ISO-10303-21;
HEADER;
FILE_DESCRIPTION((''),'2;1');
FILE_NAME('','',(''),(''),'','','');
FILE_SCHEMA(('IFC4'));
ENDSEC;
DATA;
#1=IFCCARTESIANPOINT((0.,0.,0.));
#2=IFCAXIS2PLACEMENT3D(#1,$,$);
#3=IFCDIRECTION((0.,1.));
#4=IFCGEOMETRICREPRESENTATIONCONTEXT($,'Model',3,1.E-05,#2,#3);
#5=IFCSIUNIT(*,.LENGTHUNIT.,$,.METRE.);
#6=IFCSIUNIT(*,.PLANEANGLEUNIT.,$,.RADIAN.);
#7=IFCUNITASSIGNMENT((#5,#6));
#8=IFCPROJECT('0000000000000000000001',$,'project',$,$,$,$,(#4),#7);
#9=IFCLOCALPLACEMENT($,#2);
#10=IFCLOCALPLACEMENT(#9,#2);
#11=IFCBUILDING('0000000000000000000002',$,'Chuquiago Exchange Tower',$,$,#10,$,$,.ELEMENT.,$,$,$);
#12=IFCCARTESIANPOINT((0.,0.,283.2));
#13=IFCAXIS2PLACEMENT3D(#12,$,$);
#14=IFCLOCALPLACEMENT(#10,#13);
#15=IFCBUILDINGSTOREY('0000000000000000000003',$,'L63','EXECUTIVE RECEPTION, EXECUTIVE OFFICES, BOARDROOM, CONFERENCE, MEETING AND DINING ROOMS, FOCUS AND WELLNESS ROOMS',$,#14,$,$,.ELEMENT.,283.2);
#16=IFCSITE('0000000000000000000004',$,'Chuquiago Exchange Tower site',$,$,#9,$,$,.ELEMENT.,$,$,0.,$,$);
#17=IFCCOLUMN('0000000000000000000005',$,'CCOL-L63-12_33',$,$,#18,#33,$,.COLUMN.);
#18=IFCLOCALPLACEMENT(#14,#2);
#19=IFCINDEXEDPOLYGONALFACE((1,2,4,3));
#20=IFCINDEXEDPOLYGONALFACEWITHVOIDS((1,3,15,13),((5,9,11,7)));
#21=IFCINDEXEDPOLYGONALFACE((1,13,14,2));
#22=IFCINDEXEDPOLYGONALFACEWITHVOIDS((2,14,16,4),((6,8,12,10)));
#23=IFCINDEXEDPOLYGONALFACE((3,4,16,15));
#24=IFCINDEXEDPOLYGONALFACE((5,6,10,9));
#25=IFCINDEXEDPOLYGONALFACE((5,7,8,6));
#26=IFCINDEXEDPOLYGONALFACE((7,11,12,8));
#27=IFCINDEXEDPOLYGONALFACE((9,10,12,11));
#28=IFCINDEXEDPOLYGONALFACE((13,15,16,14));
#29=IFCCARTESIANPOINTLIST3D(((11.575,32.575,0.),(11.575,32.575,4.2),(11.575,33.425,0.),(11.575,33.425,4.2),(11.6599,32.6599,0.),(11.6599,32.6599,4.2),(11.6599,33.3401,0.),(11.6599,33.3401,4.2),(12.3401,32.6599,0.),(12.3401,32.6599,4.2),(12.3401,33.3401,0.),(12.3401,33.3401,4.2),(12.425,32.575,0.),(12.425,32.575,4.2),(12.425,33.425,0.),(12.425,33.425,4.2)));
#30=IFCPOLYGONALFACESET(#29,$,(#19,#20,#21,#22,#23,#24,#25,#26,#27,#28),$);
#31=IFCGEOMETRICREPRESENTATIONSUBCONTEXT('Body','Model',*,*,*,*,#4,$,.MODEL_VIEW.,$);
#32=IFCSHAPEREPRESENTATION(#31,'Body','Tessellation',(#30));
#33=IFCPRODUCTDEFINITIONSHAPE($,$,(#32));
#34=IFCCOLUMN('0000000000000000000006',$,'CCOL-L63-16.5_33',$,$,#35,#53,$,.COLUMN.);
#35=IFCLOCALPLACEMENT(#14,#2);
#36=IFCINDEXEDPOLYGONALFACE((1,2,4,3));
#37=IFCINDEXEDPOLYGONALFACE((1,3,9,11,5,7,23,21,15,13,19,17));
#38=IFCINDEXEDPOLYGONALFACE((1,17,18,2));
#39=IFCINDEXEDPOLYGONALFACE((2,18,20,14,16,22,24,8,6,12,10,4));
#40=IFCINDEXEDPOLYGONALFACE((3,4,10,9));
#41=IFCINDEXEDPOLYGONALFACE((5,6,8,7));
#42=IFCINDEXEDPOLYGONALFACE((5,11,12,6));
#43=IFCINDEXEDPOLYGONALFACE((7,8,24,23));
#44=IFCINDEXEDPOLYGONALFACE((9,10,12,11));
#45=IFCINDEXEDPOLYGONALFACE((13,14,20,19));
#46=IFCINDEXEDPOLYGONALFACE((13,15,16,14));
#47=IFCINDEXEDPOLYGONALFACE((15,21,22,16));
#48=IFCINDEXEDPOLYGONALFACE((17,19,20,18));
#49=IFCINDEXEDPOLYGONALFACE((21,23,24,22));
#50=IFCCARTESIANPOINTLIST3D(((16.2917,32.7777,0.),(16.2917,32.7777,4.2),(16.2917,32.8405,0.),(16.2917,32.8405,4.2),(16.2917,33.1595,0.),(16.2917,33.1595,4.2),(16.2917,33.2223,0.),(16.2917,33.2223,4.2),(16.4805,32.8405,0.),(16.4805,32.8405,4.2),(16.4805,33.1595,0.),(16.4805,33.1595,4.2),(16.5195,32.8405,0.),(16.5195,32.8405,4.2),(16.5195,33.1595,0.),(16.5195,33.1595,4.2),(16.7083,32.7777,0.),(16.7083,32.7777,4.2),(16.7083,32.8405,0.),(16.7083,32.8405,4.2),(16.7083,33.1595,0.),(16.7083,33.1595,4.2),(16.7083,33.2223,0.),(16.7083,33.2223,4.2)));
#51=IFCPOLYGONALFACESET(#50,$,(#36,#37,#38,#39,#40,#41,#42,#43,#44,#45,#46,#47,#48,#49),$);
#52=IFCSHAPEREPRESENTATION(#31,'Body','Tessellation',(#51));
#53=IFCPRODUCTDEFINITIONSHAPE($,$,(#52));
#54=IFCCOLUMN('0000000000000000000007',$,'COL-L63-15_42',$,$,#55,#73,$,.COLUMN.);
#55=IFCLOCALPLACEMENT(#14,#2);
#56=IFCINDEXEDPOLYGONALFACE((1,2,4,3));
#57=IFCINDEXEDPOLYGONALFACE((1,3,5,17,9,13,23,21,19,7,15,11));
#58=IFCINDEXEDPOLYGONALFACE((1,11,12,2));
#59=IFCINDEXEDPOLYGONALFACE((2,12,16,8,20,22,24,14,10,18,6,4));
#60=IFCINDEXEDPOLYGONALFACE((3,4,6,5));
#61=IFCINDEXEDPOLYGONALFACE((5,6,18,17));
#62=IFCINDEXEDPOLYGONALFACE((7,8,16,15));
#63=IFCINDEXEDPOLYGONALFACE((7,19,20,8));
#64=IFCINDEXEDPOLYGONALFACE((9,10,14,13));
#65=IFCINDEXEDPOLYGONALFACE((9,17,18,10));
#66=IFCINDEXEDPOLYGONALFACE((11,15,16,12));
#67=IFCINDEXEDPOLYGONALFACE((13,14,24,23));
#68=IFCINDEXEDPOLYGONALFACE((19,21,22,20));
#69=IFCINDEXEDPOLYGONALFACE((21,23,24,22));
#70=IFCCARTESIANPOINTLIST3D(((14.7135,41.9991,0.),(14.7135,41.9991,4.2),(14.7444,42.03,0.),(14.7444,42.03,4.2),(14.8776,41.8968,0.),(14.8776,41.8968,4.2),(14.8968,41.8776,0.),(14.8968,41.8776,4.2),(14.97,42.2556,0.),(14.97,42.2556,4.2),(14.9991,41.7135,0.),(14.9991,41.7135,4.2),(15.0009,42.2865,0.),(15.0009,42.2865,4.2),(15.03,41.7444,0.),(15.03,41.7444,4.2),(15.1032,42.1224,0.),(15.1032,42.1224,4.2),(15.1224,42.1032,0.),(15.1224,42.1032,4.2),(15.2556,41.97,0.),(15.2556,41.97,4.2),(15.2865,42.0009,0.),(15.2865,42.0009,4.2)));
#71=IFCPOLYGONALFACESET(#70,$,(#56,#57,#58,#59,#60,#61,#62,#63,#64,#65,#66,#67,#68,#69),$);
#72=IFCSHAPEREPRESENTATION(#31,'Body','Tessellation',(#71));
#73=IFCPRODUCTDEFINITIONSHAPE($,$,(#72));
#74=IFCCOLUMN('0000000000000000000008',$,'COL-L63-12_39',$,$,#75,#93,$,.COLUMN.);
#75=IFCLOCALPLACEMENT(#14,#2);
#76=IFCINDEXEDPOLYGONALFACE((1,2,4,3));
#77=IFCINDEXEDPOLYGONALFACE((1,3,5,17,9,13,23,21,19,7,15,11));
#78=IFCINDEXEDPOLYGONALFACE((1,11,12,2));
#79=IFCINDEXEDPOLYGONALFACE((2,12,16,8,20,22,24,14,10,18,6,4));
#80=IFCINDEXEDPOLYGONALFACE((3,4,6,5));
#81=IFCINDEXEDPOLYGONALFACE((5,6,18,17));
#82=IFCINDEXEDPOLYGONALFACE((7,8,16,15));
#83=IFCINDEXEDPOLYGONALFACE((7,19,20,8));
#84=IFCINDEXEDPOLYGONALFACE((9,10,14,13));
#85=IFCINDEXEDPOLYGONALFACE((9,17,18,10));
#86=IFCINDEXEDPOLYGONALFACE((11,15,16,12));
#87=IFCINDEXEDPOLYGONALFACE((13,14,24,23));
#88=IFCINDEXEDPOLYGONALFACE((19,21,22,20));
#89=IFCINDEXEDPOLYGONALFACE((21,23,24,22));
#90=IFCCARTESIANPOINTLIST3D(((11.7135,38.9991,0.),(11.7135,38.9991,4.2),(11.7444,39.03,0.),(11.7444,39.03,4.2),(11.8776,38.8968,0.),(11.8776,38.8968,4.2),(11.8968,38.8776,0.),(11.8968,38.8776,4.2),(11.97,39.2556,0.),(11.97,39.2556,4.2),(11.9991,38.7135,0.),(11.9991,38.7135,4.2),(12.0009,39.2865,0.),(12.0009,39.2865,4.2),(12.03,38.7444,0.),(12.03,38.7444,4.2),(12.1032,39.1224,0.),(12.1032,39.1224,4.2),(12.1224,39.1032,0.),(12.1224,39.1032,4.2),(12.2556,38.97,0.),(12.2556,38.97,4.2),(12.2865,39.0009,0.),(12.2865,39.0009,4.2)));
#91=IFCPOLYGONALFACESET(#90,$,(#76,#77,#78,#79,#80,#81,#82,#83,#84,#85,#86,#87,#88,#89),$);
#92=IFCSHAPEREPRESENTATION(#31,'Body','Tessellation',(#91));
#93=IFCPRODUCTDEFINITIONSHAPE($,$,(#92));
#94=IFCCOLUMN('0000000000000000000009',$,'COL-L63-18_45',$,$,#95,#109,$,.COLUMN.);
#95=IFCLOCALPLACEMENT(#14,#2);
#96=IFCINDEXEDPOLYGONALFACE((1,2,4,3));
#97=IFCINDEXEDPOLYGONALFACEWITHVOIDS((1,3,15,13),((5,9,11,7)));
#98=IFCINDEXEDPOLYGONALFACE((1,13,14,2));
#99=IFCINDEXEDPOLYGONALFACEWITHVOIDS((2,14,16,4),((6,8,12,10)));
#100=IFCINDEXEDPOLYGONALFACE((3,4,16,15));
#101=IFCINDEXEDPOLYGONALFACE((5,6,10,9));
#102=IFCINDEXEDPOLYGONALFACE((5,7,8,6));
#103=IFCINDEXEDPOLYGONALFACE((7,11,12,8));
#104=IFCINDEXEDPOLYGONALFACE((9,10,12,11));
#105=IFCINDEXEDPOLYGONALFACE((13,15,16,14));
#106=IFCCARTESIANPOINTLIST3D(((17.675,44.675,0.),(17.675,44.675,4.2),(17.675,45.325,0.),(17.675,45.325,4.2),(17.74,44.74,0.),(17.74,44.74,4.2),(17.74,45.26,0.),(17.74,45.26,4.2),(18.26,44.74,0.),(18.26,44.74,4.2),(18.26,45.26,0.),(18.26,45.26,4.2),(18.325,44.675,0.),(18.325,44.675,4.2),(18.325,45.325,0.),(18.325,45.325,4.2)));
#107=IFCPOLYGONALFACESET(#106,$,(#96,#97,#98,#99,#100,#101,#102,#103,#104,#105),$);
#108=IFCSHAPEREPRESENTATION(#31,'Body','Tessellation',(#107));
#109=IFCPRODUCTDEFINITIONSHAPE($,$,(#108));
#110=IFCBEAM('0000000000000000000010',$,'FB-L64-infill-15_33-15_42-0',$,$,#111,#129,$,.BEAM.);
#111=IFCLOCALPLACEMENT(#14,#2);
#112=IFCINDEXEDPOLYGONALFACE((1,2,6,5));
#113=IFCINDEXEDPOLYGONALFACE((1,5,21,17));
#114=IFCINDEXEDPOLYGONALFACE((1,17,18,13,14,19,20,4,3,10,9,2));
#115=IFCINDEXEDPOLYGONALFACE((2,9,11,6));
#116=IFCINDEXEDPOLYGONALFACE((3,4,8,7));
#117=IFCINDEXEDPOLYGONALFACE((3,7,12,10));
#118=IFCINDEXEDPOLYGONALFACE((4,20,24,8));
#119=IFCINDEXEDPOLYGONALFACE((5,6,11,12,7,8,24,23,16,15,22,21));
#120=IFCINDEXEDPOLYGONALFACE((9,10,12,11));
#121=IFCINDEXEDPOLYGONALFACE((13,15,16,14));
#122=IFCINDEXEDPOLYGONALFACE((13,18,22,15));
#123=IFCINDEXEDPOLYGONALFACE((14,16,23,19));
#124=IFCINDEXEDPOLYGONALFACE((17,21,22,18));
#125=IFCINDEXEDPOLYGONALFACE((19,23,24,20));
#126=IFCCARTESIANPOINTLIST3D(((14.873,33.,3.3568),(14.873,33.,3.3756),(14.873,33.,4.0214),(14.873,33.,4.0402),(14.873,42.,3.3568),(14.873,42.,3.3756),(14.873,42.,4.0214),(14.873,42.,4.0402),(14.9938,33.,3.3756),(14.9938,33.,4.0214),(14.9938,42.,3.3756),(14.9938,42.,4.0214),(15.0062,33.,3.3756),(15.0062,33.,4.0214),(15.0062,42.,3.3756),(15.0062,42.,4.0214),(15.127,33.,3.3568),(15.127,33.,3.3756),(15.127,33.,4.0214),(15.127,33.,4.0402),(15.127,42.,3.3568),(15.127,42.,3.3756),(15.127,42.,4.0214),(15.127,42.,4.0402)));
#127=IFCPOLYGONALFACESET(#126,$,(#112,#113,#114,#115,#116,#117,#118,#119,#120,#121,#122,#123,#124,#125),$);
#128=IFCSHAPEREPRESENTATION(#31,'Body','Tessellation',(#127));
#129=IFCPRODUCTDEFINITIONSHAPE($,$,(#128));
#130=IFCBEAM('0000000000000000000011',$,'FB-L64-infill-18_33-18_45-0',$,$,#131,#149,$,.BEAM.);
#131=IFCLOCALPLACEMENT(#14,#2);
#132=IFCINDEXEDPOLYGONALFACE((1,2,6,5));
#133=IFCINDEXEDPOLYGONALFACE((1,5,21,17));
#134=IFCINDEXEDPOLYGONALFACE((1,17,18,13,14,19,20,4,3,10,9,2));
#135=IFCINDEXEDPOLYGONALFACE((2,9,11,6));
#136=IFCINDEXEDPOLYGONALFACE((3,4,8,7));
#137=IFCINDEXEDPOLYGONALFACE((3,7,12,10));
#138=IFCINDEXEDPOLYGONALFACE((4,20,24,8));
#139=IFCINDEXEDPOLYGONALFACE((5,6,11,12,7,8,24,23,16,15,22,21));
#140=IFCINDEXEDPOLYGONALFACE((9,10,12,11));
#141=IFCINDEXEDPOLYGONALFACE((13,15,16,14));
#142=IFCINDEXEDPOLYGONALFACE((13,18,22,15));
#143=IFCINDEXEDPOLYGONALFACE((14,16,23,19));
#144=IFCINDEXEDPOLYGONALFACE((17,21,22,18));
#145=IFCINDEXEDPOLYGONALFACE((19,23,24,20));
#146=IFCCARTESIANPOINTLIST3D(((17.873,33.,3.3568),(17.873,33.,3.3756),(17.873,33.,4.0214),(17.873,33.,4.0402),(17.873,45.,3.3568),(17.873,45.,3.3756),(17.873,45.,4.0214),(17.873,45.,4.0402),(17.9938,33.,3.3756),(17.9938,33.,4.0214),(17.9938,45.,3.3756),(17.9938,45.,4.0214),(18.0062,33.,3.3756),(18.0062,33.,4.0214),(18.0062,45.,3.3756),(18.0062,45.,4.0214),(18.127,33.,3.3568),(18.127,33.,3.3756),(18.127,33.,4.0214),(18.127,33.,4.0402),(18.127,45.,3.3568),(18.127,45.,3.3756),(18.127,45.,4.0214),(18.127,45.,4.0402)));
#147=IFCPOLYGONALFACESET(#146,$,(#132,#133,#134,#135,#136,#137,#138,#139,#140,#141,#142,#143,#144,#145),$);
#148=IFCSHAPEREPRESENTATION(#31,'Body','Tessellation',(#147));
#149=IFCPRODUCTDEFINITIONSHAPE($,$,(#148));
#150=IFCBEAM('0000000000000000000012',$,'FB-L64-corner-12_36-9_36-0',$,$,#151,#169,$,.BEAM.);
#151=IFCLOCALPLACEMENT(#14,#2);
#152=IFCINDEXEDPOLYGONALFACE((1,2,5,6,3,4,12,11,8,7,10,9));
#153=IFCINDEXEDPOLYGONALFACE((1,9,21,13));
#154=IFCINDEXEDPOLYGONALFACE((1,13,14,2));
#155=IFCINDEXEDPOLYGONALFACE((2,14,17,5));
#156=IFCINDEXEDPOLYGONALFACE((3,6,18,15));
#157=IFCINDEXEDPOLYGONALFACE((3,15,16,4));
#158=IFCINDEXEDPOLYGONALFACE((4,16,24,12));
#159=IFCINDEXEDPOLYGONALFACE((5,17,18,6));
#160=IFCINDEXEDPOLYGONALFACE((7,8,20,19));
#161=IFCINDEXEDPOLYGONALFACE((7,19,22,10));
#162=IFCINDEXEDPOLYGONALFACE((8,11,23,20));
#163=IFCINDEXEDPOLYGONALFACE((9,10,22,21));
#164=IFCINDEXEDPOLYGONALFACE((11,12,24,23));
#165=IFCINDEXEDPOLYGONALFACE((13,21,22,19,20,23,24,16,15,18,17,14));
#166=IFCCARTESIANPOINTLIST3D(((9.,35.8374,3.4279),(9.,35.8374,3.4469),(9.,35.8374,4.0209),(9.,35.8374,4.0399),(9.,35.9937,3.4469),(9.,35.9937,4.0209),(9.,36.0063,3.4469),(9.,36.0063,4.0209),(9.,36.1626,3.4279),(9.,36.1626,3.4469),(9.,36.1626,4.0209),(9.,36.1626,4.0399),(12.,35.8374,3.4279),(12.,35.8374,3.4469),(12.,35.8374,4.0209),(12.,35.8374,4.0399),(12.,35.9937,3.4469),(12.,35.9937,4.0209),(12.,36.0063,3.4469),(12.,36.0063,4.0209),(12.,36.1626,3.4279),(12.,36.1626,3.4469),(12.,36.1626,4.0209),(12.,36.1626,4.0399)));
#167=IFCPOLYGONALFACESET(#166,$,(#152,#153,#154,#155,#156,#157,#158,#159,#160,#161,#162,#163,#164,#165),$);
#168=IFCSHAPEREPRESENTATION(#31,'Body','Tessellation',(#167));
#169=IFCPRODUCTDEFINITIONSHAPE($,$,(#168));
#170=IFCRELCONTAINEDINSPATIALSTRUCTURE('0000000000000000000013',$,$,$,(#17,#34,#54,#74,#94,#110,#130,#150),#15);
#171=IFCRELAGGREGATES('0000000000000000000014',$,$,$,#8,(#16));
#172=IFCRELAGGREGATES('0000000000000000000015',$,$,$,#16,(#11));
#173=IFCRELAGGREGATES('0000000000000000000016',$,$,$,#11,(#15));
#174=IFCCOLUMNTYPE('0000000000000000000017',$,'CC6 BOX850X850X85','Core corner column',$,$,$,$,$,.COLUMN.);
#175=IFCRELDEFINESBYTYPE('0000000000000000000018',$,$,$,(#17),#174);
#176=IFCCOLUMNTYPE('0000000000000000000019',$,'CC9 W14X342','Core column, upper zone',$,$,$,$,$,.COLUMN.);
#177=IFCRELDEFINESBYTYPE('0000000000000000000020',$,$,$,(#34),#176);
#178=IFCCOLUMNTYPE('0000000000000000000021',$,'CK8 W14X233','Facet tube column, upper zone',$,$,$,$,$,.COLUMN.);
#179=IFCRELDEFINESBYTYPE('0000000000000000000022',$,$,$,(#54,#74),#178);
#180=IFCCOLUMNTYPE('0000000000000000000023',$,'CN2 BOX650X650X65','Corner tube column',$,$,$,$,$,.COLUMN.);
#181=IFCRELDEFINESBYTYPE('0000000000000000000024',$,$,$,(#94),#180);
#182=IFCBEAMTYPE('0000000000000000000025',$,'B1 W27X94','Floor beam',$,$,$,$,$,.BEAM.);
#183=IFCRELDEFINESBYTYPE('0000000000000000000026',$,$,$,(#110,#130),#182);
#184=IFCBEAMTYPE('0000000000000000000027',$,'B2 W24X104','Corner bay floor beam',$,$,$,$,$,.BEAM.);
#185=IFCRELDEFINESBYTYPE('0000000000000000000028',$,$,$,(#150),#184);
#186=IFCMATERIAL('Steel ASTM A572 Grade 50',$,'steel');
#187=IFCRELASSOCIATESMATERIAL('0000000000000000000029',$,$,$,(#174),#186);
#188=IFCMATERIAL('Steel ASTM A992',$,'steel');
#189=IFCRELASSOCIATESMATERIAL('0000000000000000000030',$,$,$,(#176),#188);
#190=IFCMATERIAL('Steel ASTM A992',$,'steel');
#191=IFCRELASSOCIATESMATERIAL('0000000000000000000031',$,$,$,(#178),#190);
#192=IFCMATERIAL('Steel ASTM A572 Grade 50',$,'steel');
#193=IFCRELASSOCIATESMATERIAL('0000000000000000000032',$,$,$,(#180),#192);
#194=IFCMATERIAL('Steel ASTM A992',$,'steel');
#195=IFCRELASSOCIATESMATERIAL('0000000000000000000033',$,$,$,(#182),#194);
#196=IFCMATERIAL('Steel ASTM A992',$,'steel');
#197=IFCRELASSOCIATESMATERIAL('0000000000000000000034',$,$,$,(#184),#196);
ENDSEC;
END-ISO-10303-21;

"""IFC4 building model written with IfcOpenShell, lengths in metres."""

from ifc_helpers import new_model, si_unit, direction, frame, origin, origin_2d, place, context, subcontext, project, spatial, hollow_rectangle, i_section, extrude, material, material_profile, profile_set, type_object, element, save


model = new_model("IFC4")

# Units and contexts
model_context = context("Model", 3, precision=1e-05, world=origin(), true_north=direction((0.0, 1.0)))
body_context = subcontext(model_context, "Body", "Model", "MODEL_VIEW")
ifc_project = project(units=[si_unit("LENGTHUNIT", "METRE"), si_unit("PLANEANGLEUNIT", "RADIAN")], contexts=[model_context])

# Site, building, storey
site_placement = place(None, origin())
site = spatial("IfcSite", under=ifc_project, at=site_placement, Name="Chuquiago Exchange Tower site", CompositionType="ELEMENT", RefElevation=0.0)
building_placement = place(site_placement, origin())
building = spatial("IfcBuilding", under=site, at=building_placement, Name="Chuquiago Exchange Tower", CompositionType="ELEMENT")
storey_placement = place(building_placement, frame((0.0, 0.0, 283.2)))
storey = spatial("IfcBuildingStorey", under=building, at=storey_placement, Name="L63", Description="EXECUTIVE RECEPTION, EXECUTIVE OFFICES, BOARDROOM, CONFERENCE, MEETING AND DINING ROOMS, FOCUS AND WELLNESS ROOMS", CompositionType="ELEMENT", Elevation=283.2)

# Columns
ifc_material_1 = material(Name="Steel ASTM A572 Grade 50", Category="steel")
ifc_material_profile_1 = material_profile(ifc_material_1, hollow_rectangle(XDim=0.8501, YDim=0.8501, WallThickness=0.085, at=origin_2d()), Name="BOX850X850X85")
ifc_profile_set_1 = profile_set([ifc_material_profile_1], Name="Steel ASTM A572 Grade 50")
column_type_1 = type_object("IfcColumnType", Name="CC6 BOX850X850X85", Description="Core corner column", PredefinedType="COLUMN", material=ifc_profile_set_1)
column_1_placement = place(storey_placement, frame((12.0, 33.0, 0.0), z_axis=(0.0, 0.0, 1.0), x_axis=(1.0, 0.0, 0.0)))
element("IfcColumn", 1, at=column_1_placement, inside=storey, type_object=column_type_1, Name="CCOL-L63-12_33", PredefinedType="COLUMN", context=body_context, shape_type="SweptSolid", body=[
    extrude(hollow_rectangle(XDim=0.8501, YDim=0.8501, WallThickness=0.085, at=origin_2d()), origin(), (0.0, 0.0, 1.0), 4.2),
])
ifc_material_2 = material(Name="Steel ASTM A992", Category="steel")
ifc_material_profile_2 = material_profile(ifc_material_2, i_section(OverallWidth=0.4165, OverallDepth=0.4446, WebThickness=0.0391, FlangeThickness=0.0627, at=origin_2d()), Name="W14X342")
ifc_profile_set_2 = profile_set([ifc_material_profile_2], Name="Steel ASTM A992")
column_type_2 = type_object("IfcColumnType", Name="CC9 W14X342", Description="Core column, upper zone", PredefinedType="COLUMN", material=ifc_profile_set_2)
column_2_placement = place(storey_placement, frame((16.5, 33.0, 0.0), z_axis=(0.0, 0.0, 1.0), x_axis=(1.0, 0.0, 0.0)))
element("IfcColumn", 2, at=column_2_placement, inside=storey, type_object=column_type_2, Name="CCOL-L63-16.5_33", PredefinedType="COLUMN", context=body_context, shape_type="SweptSolid", body=[
    extrude(i_section(OverallWidth=0.4165, OverallDepth=0.4446, WebThickness=0.0391, FlangeThickness=0.0627, at=origin_2d()), origin(), (0.0, 0.0, 1.0), 4.2),
])
ifc_material_3 = material(Name="Steel ASTM A992", Category="steel")
ifc_material_profile_3 = material_profile(ifc_material_3, i_section(OverallWidth=0.4038, OverallDepth=0.4065, WebThickness=0.0271, FlangeThickness=0.0437, at=origin_2d()), Name="W14X233")
ifc_profile_set_3 = profile_set([ifc_material_profile_3], Name="Steel ASTM A992")
column_type_3 = type_object("IfcColumnType", Name="CK8 W14X233", Description="Facet tube column, upper zone", PredefinedType="COLUMN", material=ifc_profile_set_3)
for number, where, z_axis, x_axis, name in (
    (3, (15.0, 42.0, 0.0), (0.0, 0.0, 1.0), (-0.707107, 0.707107, 0.0), "COL-L63-15_42"),
    (4, (12.0, 39.0, 0.0), (0.0, 0.0, 1.0), (-0.707107, 0.707107, 0.0), "COL-L63-12_39"),
):
    element("IfcColumn", number, at=place(storey_placement, frame(where, z_axis=z_axis, x_axis=x_axis)), inside=storey, type_object=column_type_3, Name=name, PredefinedType="COLUMN", context=body_context, shape_type="SweptSolid", body=[
        extrude(i_section(OverallWidth=0.4038, OverallDepth=0.4065, WebThickness=0.0271, FlangeThickness=0.0437, at=origin_2d()), origin(), (0.0, 0.0, 1.0), 4.2),
    ])
ifc_material_4 = material(Name="Steel ASTM A572 Grade 50", Category="steel")
ifc_material_profile_4 = material_profile(ifc_material_4, hollow_rectangle(XDim=0.6499, YDim=0.6499, WallThickness=0.0649, at=origin_2d()), Name="BOX650X650X65")
ifc_profile_set_4 = profile_set([ifc_material_profile_4], Name="Steel ASTM A572 Grade 50")
column_type_4 = type_object("IfcColumnType", Name="CN2 BOX650X650X65", Description="Corner tube column", PredefinedType="COLUMN", material=ifc_profile_set_4)
column_3_placement = place(storey_placement, frame((18.0, 45.0, 0.0), z_axis=(0.0, 0.0, 1.0), x_axis=(0.0, 1.0, 0.0)))
element("IfcColumn", 5, at=column_3_placement, inside=storey, type_object=column_type_4, Name="COL-L63-18_45", PredefinedType="COLUMN", context=body_context, shape_type="SweptSolid", body=[
    extrude(hollow_rectangle(XDim=0.6499, YDim=0.6499, WallThickness=0.0649, at=origin_2d()), origin(), (0.0, 0.0, 1.0), 4.2),
])

# Beams
ifc_material_5 = material(Name="Steel ASTM A992", Category="steel")
ifc_material_profile_5 = material_profile(ifc_material_5, i_section(OverallWidth=0.2539, OverallDepth=0.6833, WebThickness=0.0125, FlangeThickness=0.0188, at=origin_2d()), Name="W27X94")
ifc_profile_set_5 = profile_set([ifc_material_profile_5], Name="Steel ASTM A992")
beam_type_1 = type_object("IfcBeamType", Name="B1 W27X94", Description="Floor beam", PredefinedType="BEAM", material=ifc_profile_set_5)
beam_1_placement = place(storey_placement, frame((15.0, 33.0, 3.6985), z_axis=(0.0, 1.0, 0.0), x_axis=(-1.0, 0.0, 0.0)))
element("IfcBeam", 6, at=beam_1_placement, inside=storey, type_object=beam_type_1, Name="FB-L64-infill-15_33-15_42-0", PredefinedType="BEAM", context=body_context, shape_type="SweptSolid", body=[
    extrude(i_section(OverallWidth=0.2539, OverallDepth=0.6833, WebThickness=0.0125, FlangeThickness=0.0188, at=origin_2d()), origin(), (0.0, 0.0, 1.0), 9.0),
])
beam_2_placement = place(storey_placement, frame((18.0, 33.0, 3.6985), z_axis=(0.0, 1.0, 0.0), x_axis=(-1.0, 0.0, 0.0)))
element("IfcBeam", 7, at=beam_2_placement, inside=storey, type_object=beam_type_1, Name="FB-L64-infill-18_33-18_45-0", PredefinedType="BEAM", context=body_context, shape_type="SweptSolid", body=[
    extrude(i_section(OverallWidth=0.2539, OverallDepth=0.6833, WebThickness=0.0125, FlangeThickness=0.0188, at=origin_2d()), origin(), (0.0, 0.0, 1.0), 12.0),
])
ifc_material_6 = material(Name="Steel ASTM A992", Category="steel")
ifc_material_profile_6 = material_profile(ifc_material_6, i_section(OverallWidth=0.3252, OverallDepth=0.6121, WebThickness=0.0127, FlangeThickness=0.019, at=origin_2d()), Name="W24X104")
ifc_profile_set_6 = profile_set([ifc_material_profile_6], Name="Steel ASTM A992")
beam_type_2 = type_object("IfcBeamType", Name="B2 W24X104", Description="Corner bay floor beam", PredefinedType="BEAM", material=ifc_profile_set_6)
beam_3_placement = place(storey_placement, frame((12.0, 36.0, 3.7339), z_axis=(-1.0, 0.0, 0.0), x_axis=(0.0, -1.0, 0.0)))
element("IfcBeam", 8, at=beam_3_placement, inside=storey, type_object=beam_type_2, Name="FB-L64-corner-12_36-9_36-0", PredefinedType="BEAM", context=body_context, shape_type="SweptSolid", body=[
    extrude(i_section(OverallWidth=0.3252, OverallDepth=0.6121, WebThickness=0.0127, FlangeThickness=0.019, at=origin_2d()), origin(), (0.0, 0.0, 1.0), 3.0),
])

save(model, "model.ifc")
